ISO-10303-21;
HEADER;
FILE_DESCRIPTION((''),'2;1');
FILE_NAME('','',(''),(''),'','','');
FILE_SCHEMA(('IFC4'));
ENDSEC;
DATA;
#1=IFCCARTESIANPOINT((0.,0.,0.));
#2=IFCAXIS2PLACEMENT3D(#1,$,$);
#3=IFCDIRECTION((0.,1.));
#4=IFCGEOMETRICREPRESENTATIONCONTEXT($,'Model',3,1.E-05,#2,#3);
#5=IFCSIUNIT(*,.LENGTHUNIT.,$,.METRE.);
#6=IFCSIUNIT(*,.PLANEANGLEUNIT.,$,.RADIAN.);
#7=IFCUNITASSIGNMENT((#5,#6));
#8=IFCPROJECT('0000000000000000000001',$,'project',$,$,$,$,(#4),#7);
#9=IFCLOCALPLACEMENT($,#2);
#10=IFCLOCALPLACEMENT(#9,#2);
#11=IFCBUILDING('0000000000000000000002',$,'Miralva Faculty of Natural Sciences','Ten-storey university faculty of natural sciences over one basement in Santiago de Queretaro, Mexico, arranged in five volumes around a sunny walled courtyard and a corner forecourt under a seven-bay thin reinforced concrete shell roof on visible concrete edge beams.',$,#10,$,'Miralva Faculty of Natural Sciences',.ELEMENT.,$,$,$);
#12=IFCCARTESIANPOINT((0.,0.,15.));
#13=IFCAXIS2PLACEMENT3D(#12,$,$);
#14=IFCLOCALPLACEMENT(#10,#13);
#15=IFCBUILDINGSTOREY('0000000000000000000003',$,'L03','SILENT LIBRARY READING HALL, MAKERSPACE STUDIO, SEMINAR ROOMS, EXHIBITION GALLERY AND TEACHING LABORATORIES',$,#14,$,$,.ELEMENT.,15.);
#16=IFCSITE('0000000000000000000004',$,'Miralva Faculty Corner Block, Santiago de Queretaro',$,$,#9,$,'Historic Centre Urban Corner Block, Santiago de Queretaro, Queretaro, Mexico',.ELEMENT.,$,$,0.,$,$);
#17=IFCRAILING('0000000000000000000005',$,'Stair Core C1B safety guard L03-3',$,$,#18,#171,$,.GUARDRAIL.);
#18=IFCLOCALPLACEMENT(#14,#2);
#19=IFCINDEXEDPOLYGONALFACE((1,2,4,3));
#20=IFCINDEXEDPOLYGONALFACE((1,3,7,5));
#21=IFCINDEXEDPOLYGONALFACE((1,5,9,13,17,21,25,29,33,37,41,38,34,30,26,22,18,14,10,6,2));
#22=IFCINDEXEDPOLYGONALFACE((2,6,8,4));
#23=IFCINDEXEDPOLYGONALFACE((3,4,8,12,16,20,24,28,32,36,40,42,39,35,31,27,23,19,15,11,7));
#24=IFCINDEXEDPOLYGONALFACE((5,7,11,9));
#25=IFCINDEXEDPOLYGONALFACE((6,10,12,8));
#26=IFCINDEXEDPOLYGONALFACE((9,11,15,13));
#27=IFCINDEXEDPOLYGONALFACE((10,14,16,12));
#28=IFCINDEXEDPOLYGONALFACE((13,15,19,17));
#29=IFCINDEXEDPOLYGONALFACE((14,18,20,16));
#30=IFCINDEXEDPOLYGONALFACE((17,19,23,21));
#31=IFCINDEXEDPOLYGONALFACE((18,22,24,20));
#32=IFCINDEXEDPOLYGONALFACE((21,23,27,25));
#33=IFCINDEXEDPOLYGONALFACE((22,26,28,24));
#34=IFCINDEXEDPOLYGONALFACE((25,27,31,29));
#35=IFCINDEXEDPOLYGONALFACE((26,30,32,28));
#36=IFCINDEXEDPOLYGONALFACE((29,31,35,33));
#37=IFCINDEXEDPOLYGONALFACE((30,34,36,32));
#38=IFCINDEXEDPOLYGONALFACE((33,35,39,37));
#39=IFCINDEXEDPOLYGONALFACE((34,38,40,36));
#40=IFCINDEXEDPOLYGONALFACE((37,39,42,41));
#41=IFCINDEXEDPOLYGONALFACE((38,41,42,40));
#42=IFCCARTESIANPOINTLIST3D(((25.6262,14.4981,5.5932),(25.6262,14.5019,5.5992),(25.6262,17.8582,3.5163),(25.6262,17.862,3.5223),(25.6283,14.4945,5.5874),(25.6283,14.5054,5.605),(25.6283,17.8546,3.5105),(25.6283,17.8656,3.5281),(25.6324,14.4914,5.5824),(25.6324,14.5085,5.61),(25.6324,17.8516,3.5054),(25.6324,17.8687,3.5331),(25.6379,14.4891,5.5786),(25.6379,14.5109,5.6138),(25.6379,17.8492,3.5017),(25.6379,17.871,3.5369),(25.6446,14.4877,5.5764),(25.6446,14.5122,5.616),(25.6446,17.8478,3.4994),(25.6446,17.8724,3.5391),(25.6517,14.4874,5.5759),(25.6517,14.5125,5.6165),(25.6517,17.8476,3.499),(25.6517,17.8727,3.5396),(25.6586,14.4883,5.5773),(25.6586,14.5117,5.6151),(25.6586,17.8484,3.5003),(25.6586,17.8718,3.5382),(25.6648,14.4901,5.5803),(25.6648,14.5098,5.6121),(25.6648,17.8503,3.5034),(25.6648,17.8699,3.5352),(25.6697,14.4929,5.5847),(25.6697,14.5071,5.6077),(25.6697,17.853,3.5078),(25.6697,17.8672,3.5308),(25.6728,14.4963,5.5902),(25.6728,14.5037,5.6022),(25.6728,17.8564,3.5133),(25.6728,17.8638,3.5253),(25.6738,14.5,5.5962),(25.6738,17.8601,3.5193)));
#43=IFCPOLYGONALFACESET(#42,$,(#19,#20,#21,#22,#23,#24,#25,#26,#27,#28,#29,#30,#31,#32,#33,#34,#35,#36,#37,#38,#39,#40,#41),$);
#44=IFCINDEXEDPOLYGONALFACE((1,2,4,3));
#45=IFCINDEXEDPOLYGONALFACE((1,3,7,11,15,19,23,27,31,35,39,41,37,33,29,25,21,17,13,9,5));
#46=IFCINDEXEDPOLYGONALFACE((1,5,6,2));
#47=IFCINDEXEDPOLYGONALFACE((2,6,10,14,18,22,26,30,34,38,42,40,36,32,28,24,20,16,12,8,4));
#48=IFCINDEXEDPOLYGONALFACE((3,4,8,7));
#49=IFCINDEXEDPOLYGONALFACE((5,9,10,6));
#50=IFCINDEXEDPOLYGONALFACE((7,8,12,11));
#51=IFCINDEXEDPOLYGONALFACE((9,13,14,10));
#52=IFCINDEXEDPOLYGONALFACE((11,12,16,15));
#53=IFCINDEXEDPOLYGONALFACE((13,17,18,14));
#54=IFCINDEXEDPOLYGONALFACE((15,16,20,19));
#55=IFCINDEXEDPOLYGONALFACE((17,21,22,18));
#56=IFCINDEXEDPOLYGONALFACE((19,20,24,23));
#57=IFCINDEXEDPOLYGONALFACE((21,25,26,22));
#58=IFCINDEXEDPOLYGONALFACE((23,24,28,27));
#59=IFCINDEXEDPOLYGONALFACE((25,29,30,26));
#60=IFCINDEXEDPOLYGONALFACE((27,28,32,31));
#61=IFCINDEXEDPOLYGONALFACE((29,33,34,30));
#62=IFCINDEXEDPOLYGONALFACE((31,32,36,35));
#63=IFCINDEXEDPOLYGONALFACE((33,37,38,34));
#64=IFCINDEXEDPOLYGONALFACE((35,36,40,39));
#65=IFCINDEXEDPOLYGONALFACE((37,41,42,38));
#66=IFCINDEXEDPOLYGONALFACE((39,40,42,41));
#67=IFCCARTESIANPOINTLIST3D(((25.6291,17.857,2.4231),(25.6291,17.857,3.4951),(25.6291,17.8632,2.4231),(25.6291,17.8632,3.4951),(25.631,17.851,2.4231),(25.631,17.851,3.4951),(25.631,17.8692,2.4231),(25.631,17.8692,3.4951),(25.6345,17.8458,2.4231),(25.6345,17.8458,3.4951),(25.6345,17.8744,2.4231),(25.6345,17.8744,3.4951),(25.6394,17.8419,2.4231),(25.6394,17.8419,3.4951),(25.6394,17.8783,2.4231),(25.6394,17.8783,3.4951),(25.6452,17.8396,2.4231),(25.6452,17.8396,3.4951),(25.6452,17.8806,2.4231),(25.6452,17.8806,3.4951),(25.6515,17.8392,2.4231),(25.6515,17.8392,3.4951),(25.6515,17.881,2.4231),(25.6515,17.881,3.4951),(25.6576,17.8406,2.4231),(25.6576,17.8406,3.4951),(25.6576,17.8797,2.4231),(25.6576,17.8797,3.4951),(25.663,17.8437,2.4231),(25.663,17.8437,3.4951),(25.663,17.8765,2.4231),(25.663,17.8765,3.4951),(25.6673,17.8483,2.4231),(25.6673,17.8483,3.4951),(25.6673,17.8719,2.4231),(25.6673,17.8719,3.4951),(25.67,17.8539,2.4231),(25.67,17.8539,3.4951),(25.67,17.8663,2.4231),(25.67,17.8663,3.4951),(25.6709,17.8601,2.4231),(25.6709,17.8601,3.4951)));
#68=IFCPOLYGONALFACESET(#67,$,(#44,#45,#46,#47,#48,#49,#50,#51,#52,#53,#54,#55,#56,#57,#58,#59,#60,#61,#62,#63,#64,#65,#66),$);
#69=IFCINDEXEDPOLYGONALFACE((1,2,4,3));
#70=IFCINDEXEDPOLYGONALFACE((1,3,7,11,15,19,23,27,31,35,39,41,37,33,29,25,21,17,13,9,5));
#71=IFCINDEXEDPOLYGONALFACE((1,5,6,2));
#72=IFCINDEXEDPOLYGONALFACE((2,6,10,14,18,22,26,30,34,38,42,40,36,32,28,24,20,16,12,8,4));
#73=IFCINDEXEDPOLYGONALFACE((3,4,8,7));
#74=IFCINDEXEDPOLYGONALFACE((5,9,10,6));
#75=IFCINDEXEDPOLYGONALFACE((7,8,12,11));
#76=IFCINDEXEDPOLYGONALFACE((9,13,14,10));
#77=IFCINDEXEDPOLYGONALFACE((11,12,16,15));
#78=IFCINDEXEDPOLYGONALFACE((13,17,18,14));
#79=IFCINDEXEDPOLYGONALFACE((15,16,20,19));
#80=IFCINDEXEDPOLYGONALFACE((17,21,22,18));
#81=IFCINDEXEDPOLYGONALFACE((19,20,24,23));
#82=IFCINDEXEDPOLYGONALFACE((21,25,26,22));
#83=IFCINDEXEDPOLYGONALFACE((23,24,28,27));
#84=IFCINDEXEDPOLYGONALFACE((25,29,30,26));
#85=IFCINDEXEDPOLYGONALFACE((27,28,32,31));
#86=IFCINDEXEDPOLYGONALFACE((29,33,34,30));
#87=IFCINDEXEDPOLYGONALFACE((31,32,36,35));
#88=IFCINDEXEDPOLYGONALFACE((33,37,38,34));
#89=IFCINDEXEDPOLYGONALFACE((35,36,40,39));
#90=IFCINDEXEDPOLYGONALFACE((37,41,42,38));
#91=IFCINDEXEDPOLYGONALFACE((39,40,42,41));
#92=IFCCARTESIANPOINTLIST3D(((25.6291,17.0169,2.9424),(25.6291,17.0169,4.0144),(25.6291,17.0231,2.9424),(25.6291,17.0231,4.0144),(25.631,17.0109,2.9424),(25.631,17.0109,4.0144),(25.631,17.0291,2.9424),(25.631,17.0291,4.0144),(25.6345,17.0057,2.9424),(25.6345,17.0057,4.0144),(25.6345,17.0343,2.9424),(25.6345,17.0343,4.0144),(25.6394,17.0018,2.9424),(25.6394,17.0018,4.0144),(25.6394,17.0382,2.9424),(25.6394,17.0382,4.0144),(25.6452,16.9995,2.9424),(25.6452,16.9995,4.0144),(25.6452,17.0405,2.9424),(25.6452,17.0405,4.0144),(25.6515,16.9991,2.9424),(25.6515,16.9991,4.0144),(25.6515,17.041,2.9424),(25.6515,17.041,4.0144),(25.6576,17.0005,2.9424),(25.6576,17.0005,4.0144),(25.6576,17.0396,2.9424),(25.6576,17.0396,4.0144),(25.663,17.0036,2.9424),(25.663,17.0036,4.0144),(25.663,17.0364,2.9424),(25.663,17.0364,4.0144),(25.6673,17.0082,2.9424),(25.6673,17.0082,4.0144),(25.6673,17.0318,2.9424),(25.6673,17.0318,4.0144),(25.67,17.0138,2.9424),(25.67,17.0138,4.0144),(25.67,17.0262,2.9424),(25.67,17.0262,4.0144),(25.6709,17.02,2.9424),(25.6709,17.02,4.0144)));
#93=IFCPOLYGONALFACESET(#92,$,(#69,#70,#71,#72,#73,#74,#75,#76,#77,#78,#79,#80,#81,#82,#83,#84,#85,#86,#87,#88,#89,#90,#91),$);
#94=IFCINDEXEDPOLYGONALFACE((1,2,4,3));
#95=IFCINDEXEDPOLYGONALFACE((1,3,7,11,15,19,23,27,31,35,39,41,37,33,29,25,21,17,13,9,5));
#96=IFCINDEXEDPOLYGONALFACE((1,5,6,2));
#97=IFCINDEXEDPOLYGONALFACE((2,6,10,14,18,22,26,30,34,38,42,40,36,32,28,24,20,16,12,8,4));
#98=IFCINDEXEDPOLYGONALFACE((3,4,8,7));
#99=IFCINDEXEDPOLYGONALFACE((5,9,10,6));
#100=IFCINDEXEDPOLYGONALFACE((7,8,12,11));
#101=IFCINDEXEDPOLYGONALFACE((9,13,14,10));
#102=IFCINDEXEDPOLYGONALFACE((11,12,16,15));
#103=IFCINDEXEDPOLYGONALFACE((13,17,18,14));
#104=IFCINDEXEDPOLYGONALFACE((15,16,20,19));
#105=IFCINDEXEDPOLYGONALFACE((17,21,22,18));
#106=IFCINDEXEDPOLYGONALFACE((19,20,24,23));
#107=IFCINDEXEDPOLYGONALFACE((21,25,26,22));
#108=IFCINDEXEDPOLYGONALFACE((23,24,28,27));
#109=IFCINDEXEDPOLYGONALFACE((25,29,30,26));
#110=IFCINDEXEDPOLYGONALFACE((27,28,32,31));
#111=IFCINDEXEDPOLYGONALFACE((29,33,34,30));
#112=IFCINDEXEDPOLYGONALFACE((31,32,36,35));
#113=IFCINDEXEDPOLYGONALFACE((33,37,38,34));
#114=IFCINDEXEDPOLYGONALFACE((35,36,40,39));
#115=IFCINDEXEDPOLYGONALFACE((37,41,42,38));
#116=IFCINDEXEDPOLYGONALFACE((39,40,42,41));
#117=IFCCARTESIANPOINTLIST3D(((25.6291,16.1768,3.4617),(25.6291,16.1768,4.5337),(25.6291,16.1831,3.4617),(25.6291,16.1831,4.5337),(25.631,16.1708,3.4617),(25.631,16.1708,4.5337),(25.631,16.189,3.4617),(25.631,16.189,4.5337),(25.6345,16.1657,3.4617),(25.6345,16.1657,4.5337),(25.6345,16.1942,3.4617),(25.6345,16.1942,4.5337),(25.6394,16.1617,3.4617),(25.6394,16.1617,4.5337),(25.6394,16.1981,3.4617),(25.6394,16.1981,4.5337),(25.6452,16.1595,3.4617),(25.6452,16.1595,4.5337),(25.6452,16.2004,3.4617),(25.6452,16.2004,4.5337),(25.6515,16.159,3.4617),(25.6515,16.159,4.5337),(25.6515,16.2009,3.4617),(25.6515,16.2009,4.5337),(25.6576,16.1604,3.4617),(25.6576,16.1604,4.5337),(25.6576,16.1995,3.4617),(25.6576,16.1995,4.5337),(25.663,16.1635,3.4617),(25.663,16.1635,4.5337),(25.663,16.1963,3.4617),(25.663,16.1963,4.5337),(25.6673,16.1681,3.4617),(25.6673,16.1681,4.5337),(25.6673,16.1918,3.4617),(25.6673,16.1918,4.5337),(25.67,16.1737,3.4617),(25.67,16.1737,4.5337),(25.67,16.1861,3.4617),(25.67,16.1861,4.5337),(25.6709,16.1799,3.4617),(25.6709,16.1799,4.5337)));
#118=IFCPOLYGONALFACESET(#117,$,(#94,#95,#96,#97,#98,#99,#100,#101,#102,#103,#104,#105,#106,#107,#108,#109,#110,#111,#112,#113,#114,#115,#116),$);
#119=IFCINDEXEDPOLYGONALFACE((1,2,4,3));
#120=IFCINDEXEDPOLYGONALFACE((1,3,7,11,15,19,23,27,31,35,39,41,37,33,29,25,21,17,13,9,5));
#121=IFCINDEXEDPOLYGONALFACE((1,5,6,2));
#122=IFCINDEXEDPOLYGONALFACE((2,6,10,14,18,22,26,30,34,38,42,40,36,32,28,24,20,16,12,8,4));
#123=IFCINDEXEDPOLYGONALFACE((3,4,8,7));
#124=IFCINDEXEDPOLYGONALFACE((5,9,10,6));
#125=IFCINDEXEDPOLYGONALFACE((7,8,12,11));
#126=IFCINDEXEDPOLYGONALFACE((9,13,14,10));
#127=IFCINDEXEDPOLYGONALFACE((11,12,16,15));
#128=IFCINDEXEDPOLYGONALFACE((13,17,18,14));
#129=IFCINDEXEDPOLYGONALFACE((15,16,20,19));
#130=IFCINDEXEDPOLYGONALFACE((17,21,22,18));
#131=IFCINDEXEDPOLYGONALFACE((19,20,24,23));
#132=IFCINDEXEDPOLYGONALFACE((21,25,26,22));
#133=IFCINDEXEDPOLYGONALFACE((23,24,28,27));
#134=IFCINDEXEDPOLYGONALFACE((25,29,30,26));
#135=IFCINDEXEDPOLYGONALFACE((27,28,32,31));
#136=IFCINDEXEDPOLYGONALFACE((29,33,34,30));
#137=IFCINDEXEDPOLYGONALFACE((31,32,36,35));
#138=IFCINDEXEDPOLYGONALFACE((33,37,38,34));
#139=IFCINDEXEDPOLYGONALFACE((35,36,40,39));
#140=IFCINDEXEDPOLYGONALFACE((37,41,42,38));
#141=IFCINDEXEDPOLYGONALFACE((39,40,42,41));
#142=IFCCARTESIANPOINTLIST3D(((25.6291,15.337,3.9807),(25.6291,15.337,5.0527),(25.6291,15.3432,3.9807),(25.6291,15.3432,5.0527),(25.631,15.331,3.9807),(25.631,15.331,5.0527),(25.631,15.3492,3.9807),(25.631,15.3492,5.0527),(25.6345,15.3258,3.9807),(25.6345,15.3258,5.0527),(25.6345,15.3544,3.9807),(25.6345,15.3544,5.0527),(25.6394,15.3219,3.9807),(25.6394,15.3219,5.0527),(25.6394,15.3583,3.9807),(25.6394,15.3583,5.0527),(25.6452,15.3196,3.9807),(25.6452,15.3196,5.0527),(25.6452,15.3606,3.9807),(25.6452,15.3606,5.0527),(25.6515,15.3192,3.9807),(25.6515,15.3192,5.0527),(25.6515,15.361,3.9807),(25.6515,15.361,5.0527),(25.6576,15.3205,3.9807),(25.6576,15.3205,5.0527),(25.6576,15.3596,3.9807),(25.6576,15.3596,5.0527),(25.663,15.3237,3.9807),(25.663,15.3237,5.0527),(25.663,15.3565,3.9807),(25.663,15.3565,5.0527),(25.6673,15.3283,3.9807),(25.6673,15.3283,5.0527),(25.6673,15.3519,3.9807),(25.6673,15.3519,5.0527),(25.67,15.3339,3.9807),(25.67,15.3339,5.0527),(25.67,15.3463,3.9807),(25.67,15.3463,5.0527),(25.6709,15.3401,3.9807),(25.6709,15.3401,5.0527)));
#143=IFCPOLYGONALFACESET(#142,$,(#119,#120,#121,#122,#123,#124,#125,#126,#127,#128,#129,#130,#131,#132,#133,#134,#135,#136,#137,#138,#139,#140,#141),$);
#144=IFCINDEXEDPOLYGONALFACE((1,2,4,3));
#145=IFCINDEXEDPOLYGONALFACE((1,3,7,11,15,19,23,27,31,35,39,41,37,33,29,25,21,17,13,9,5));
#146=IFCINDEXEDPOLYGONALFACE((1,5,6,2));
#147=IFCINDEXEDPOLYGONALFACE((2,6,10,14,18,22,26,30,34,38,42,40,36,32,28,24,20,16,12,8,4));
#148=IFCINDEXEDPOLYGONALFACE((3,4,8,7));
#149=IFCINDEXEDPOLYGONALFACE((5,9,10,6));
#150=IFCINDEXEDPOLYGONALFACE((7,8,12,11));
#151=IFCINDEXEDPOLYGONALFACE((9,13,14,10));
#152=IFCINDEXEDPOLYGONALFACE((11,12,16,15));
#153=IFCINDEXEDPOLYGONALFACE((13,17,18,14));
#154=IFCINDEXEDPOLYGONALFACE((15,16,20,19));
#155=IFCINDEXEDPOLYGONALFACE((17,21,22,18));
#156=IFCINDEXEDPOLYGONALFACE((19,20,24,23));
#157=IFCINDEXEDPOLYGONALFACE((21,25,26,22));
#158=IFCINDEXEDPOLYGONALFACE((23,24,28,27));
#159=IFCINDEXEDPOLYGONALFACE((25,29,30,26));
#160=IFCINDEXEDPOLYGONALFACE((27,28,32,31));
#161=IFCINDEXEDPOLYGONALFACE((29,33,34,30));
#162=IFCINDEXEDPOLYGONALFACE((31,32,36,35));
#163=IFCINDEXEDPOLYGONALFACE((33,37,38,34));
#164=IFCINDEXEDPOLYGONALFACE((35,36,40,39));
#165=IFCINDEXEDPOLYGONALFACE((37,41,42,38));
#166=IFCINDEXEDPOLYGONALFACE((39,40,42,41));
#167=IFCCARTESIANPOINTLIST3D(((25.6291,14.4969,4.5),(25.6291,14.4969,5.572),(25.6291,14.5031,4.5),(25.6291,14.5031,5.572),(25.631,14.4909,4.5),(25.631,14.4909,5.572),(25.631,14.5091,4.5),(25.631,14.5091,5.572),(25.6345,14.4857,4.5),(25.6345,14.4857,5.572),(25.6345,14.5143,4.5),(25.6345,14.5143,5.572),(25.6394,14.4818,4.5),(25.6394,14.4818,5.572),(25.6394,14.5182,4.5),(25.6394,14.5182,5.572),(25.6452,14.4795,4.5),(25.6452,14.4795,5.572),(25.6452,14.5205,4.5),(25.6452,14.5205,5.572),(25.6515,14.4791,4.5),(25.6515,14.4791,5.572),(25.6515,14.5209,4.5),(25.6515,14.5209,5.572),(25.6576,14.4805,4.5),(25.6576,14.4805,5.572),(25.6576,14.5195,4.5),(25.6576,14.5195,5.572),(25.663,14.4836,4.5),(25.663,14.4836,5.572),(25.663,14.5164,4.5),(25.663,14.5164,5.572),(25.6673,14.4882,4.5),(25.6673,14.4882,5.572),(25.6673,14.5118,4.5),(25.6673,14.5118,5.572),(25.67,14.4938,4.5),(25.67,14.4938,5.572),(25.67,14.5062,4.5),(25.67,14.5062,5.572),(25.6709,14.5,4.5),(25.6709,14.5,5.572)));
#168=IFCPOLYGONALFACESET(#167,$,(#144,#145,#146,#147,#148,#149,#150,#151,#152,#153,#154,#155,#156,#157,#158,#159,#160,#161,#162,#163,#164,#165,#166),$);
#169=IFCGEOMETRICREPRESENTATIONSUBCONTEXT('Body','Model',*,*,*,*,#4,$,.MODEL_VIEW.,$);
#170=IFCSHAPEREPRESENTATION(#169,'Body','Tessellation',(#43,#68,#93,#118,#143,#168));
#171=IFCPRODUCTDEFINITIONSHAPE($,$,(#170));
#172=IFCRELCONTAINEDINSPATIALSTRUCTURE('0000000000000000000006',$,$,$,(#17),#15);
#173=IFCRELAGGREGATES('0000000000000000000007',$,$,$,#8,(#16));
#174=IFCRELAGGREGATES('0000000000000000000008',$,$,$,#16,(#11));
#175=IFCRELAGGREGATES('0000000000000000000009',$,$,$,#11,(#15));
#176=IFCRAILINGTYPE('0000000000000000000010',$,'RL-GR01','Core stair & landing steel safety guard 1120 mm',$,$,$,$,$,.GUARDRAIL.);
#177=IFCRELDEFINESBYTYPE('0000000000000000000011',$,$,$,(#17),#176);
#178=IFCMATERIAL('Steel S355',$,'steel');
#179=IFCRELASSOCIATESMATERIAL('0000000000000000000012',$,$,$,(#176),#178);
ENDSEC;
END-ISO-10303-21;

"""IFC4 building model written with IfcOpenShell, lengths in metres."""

from ifc_helpers import new_model, si_unit, direction, frame, origin, origin_2d, place, context, subcontext, project, spatial, circle, extrude, material, type_object, element, save


model = new_model("IFC4")

# Units and contexts
model_context = context("Model", 3, precision=1e-05, world=origin(), true_north=direction((0.0, 1.0)))
body_context = subcontext(model_context, "Body", "Model", "MODEL_VIEW")
ifc_project = project(units=[si_unit("LENGTHUNIT", "METRE"), si_unit("PLANEANGLEUNIT", "RADIAN")], contexts=[model_context])

# Site, building, storey
site_placement = place(None, origin())
site = spatial("IfcSite", under=ifc_project, at=site_placement, Name="Miralva Faculty Corner Block, Santiago de Queretaro", LongName="Historic Centre Urban Corner Block, Santiago de Queretaro, Queretaro, Mexico", CompositionType="ELEMENT", RefElevation=0.0)
building_placement = place(site_placement, origin())
building = spatial("IfcBuilding", under=site, at=building_placement, Name="Miralva Faculty of Natural Sciences", Description="Ten-storey university faculty of natural sciences over one basement in Santiago de Queretaro, Mexico, arranged in five volumes around a sunny walled courtyard and a corner forecourt under a seven-bay thin reinforced concrete shell roof on visible concrete edge beams.", LongName="Miralva Faculty of Natural Sciences", CompositionType="ELEMENT")
storey_placement = place(building_placement, frame((0.0, 0.0, 15.0)))
storey = spatial("IfcBuildingStorey", under=building, at=storey_placement, Name="L03", Description="SILENT LIBRARY READING HALL, MAKERSPACE STUDIO, SEMINAR ROOMS, EXHIBITION GALLERY AND TEACHING LABORATORIES", CompositionType="ELEMENT", Elevation=15.0)

# Railing
ifc_material_1 = material(Name="Steel S355", Category="steel")
railing_type_1 = type_object("IfcRailingType", Name="RL-GR01", Description="Core stair & landing steel safety guard 1120 mm", PredefinedType="GUARDRAIL", material=ifc_material_1)
railing_1_placement = place(storey_placement, frame((25.6499, 17.8601, 2.4231)))
element("IfcRailing", 1, at=railing_1_placement, inside=storey, type_object=railing_type_1, Name="Stair Core C1B safety guard L03-3", PredefinedType="GUARDRAIL", context=body_context, shape_type="SweptSolid", body=[
    extrude(circle(Radius=0.0239, at=origin_2d()), frame((0.0, 0.0, 1.0962), z_axis=(0.0, -0.850623, 0.525776), x_axis=(1.0, 0.0, 0.0)), (0.0, 0.0, 1.0), 3.9502),
    extrude(circle(Radius=0.021, at=origin_2d()), origin(), (0.0, 0.0, 1.0), 1.072),
    extrude(circle(Radius=0.021, at=origin_2d()), frame((0.0, -0.8401, 0.5193)), (0.0, 0.0, 1.0), 1.072),
    extrude(circle(Radius=0.021, at=origin_2d()), frame((0.0, -1.6802, 1.0386)), (0.0, 0.0, 1.0), 1.072),
    extrude(circle(Radius=0.021, at=origin_2d()), frame((0.0, -2.52, 1.5576)), (0.0, 0.0, 1.0), 1.072),
    extrude(circle(Radius=0.021, at=origin_2d()), frame((0.0, -3.3601, 2.0769)), (0.0, 0.0, 1.0), 1.072),
])

save(model, "model.ifc")
